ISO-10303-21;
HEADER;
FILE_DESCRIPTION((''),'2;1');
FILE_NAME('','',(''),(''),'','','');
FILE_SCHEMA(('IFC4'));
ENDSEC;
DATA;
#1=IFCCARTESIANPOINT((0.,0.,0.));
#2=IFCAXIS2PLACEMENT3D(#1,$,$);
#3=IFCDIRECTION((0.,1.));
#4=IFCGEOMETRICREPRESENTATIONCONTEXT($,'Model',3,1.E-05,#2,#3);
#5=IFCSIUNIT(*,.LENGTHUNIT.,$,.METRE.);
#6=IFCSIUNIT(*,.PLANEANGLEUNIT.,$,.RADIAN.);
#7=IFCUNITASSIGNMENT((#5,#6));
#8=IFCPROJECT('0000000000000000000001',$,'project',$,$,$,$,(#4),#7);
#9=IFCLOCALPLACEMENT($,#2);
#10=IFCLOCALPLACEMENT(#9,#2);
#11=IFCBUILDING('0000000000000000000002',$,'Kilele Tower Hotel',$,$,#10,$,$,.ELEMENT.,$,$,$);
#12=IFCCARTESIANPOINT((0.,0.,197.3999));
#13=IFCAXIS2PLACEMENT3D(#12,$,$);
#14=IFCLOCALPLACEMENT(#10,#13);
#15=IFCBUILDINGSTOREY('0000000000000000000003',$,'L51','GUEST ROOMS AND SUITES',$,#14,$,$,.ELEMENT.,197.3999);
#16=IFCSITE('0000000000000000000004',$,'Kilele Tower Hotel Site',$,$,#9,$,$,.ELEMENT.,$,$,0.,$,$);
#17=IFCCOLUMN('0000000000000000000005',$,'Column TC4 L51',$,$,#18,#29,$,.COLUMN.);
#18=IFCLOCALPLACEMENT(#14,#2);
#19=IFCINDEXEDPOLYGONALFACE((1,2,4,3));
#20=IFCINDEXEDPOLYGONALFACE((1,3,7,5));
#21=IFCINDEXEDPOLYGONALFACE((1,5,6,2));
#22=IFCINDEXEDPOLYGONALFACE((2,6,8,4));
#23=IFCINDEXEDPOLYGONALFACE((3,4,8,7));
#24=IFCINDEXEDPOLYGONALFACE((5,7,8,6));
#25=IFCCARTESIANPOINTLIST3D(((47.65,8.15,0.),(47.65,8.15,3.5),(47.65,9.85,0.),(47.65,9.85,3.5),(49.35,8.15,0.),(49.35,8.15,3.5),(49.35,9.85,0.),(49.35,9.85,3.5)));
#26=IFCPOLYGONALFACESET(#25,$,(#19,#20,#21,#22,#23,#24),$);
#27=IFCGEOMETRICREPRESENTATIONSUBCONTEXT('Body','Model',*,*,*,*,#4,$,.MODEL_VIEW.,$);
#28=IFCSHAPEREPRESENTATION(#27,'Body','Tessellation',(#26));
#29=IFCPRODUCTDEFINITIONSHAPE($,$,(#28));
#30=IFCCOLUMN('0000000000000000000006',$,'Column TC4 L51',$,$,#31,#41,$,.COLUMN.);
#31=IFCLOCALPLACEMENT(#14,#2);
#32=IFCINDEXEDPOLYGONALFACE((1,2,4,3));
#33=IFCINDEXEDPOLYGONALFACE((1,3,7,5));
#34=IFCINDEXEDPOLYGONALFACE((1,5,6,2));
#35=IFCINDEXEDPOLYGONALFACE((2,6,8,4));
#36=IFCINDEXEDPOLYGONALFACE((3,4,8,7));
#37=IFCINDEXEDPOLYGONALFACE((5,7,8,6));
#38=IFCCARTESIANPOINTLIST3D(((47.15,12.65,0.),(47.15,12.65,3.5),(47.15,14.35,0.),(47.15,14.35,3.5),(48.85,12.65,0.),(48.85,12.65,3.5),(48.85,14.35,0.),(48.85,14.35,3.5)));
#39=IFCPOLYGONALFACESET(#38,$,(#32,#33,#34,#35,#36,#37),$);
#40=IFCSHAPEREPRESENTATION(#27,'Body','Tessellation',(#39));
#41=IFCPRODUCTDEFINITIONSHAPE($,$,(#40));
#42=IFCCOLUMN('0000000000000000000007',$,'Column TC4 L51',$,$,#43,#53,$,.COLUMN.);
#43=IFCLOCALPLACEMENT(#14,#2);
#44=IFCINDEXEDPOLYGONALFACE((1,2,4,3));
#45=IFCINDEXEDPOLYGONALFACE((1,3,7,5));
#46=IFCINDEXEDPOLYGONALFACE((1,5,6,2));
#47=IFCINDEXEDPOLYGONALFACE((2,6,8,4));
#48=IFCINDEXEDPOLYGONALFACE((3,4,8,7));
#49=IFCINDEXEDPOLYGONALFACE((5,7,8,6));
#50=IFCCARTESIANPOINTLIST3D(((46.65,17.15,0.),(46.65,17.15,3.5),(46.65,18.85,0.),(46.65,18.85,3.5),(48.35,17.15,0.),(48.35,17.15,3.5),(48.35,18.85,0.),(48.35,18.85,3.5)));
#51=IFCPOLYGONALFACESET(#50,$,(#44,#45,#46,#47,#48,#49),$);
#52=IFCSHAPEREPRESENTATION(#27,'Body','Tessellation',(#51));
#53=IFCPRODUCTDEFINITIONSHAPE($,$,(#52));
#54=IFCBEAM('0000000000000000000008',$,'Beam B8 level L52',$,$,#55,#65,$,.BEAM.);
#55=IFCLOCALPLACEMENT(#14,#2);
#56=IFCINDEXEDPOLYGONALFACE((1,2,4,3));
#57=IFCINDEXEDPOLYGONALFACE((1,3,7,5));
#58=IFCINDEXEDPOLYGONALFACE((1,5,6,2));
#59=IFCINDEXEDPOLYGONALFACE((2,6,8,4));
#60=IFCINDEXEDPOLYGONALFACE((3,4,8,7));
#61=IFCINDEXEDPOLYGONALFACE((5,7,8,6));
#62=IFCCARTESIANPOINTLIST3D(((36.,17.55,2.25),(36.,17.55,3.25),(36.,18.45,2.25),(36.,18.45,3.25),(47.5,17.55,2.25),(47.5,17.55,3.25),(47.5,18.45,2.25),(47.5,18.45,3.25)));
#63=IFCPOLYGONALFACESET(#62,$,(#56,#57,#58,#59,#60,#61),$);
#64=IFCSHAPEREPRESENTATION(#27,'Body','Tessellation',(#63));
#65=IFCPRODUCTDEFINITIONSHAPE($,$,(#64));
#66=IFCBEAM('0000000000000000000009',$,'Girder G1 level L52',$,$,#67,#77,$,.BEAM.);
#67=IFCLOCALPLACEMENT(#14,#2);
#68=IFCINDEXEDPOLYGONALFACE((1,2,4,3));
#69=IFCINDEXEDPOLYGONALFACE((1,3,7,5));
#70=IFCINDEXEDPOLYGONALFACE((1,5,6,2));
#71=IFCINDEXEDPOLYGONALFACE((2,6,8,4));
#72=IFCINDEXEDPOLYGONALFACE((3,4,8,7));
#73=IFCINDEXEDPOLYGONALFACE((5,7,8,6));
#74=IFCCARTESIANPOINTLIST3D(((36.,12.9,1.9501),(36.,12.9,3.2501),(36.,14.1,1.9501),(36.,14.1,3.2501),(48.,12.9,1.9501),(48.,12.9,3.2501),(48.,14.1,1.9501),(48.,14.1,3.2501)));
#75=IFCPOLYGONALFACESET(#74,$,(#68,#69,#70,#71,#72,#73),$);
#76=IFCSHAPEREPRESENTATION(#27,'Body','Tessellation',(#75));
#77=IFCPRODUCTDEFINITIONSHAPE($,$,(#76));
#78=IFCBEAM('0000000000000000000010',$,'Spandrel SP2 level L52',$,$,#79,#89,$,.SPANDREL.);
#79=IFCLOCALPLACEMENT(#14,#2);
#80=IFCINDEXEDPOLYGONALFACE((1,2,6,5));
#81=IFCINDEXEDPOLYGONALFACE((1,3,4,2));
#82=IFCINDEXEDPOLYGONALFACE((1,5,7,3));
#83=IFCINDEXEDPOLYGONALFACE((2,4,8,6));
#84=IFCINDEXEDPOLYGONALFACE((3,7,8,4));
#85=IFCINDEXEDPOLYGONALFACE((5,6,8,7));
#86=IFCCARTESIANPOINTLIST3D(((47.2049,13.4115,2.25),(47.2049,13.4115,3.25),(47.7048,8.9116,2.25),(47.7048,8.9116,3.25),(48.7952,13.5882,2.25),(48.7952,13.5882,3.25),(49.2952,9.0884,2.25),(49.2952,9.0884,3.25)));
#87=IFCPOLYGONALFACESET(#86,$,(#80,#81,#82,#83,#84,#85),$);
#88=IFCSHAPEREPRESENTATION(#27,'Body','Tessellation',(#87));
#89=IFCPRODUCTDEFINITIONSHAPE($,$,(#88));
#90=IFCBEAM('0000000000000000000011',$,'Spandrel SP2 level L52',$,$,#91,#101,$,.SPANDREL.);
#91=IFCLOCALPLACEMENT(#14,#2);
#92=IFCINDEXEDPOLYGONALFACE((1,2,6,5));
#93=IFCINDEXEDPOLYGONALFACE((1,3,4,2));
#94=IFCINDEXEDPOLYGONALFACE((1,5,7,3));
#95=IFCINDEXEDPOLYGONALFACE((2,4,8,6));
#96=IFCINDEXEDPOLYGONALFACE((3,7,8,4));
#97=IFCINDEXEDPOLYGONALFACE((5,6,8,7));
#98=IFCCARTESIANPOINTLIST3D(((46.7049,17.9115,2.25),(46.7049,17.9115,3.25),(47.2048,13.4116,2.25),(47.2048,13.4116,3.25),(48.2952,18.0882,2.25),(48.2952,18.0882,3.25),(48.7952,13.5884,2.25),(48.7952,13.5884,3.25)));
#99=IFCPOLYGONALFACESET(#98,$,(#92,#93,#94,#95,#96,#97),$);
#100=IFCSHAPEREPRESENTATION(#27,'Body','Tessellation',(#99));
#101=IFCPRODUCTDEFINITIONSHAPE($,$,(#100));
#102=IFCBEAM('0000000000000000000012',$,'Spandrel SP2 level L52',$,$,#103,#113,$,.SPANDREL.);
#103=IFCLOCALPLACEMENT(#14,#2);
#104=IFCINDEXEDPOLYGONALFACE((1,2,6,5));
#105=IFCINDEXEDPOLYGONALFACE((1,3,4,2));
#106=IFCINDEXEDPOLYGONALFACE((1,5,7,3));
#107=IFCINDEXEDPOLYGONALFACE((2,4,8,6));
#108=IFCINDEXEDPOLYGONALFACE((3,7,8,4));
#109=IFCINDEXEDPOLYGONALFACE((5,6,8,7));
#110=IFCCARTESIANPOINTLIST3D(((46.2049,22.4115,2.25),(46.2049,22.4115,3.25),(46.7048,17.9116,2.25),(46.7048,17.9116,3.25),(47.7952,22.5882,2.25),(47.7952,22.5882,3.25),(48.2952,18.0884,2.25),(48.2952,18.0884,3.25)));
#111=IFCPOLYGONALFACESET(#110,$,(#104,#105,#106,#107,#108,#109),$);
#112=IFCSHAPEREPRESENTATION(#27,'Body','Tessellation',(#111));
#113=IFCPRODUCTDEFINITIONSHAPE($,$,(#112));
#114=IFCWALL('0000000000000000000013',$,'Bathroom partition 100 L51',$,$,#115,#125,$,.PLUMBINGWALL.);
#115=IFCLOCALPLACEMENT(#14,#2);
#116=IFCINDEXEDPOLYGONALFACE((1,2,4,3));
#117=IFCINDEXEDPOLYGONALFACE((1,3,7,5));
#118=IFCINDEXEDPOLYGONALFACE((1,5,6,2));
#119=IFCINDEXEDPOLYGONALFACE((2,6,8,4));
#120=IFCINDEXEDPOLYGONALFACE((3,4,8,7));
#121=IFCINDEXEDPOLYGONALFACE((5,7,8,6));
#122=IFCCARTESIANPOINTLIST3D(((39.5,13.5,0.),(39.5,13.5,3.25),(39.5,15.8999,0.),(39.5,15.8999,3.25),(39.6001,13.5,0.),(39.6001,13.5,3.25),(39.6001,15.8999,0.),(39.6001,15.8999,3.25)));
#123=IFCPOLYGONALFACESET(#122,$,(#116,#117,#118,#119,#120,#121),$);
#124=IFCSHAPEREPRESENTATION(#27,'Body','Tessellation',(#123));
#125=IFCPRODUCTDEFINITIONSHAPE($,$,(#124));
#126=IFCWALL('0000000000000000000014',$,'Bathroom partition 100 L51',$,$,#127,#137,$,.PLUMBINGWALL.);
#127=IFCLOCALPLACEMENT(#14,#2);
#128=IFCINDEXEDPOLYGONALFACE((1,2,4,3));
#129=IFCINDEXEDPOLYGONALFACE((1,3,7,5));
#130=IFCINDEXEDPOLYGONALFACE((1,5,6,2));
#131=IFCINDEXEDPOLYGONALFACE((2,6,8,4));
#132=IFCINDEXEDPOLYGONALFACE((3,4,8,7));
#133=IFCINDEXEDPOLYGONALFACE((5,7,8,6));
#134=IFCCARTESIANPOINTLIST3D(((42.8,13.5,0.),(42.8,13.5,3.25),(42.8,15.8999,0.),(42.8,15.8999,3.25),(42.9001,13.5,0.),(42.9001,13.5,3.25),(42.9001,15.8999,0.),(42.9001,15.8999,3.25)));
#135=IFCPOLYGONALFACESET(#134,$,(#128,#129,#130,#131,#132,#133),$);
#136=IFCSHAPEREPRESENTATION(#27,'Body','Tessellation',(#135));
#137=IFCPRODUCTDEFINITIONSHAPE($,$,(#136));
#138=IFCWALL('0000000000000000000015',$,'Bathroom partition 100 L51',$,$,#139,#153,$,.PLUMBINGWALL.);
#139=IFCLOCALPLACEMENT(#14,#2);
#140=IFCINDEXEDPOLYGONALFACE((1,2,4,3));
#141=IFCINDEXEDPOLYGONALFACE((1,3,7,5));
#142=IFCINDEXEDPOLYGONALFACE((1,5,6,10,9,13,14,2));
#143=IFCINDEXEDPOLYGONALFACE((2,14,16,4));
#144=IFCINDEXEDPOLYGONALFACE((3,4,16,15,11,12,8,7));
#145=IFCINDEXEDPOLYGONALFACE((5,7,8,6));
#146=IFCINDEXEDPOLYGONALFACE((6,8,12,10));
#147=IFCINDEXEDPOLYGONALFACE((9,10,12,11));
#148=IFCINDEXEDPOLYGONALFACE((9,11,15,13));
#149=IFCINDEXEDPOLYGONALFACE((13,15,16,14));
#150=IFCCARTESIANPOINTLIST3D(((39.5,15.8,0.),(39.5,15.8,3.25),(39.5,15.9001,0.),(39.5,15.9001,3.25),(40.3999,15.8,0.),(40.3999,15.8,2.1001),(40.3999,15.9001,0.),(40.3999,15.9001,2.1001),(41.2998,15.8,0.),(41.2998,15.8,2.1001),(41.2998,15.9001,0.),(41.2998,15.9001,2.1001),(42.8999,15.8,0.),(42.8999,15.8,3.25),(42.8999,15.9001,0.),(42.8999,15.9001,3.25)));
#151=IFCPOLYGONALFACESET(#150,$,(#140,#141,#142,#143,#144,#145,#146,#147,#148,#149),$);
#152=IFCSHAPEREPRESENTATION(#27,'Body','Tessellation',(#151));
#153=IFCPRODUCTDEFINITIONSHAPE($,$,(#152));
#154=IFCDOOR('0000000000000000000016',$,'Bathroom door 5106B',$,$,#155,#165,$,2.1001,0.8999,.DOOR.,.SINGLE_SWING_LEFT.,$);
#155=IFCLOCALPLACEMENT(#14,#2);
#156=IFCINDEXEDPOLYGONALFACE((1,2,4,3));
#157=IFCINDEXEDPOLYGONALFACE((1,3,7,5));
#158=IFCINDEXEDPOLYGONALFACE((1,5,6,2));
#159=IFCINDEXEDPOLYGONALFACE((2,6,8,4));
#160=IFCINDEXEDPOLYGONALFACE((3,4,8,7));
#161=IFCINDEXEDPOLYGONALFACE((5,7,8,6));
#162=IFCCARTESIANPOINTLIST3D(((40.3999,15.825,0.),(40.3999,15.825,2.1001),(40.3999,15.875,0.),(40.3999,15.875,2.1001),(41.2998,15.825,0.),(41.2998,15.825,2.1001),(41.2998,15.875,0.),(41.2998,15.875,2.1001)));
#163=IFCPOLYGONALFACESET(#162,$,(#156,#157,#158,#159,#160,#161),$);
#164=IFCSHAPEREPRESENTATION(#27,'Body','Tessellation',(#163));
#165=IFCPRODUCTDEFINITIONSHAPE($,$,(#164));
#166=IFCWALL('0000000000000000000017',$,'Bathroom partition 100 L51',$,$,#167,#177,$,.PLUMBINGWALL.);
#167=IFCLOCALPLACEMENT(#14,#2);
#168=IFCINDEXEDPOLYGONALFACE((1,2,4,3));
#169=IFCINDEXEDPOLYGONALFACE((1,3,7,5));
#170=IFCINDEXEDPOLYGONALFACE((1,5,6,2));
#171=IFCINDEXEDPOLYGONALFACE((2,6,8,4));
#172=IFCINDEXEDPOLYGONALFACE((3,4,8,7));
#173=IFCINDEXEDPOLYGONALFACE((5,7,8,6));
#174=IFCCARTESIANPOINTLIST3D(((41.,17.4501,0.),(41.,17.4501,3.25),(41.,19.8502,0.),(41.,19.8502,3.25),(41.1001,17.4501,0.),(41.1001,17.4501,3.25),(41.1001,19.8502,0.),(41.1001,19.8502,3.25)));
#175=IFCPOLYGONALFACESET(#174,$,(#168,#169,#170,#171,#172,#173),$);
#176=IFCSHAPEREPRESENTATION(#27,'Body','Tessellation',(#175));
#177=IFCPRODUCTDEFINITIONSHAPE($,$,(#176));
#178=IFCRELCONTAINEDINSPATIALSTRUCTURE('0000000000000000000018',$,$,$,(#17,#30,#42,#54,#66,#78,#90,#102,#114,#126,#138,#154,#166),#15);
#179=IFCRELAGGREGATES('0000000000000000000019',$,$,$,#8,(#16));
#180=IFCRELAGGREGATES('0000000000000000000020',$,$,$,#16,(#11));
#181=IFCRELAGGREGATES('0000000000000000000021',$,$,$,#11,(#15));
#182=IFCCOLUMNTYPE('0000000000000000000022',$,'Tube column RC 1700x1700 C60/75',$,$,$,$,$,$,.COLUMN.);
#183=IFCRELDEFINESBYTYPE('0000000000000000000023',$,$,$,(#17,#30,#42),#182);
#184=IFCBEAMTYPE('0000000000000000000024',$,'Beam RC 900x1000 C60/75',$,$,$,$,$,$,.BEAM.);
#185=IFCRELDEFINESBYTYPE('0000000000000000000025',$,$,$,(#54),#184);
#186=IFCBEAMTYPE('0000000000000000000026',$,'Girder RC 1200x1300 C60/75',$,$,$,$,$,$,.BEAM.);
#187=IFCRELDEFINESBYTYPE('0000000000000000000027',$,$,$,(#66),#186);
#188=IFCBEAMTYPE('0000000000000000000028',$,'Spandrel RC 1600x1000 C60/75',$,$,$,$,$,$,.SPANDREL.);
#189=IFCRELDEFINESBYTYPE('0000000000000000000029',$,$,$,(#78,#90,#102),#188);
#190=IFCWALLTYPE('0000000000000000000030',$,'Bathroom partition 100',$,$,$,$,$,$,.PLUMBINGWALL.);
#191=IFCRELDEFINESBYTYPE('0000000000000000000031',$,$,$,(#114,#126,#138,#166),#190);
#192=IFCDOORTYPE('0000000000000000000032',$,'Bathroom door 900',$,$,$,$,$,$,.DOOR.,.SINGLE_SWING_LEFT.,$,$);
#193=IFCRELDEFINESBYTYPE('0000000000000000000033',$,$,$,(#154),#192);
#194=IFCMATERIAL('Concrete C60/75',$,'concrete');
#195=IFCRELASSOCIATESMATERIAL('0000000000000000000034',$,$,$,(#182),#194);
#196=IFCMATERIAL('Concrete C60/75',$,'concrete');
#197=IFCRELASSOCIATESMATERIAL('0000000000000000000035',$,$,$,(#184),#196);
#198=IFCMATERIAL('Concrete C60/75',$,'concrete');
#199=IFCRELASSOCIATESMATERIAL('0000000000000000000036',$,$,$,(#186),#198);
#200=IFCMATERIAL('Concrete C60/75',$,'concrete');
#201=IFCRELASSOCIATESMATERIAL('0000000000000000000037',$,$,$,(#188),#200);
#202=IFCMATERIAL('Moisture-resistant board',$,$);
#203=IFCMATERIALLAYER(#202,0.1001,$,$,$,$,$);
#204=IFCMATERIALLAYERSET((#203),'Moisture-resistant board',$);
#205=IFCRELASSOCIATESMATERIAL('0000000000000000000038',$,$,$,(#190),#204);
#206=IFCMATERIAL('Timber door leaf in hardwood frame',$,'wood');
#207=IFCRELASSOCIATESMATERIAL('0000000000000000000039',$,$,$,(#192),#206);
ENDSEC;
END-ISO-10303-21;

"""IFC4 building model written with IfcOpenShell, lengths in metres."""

from ifc_helpers import new_model, si_unit, direction, frame, frame_2d, origin, origin_2d, place, context, subcontext, project, spatial, rectangle, extrude, material, layer, layer_set, material_profile, profile_set, type_object, element, fill, save


model = new_model("IFC4")

# Units and contexts
model_context = context("Model", 3, precision=1e-05, world=origin(), true_north=direction((0.0, 1.0)))
body_context = subcontext(model_context, "Body", "Model", "MODEL_VIEW")
ifc_project = project(units=[si_unit("LENGTHUNIT", "METRE"), si_unit("PLANEANGLEUNIT", "RADIAN")], contexts=[model_context])

# Site, building, storey
site_placement = place(None, origin())
site = spatial("IfcSite", under=ifc_project, at=site_placement, Name="Kilele Tower Hotel Site", CompositionType="ELEMENT", RefElevation=0.0)
building_placement = place(site_placement, origin())
building = spatial("IfcBuilding", under=site, at=building_placement, Name="Kilele Tower Hotel", CompositionType="ELEMENT")
storey_placement = place(building_placement, frame((0.0, 0.0, 197.3999)))
storey = spatial("IfcBuildingStorey", under=building, at=storey_placement, Name="L51", Description="GUEST ROOMS AND SUITES", CompositionType="ELEMENT", Elevation=197.3999)

# Columns
ifc_material_1 = material(Name="Concrete C60/75", Category="concrete")
ifc_material_profile_1 = material_profile(ifc_material_1, rectangle(XDim=1.7, YDim=1.7, at=origin_2d()))
ifc_profile_set_1 = profile_set([ifc_material_profile_1], Name="Concrete C60/75")
column_type = type_object("IfcColumnType", Name="Tube column RC 1700x1700 C60/75", PredefinedType="COLUMN", material=ifc_profile_set_1)
for number, where, z_axis, x_axis, name in (
    (1, (48.5, 9.0, 0.0), (0.0, 0.0, 1.0), (1.0, 0.0, 0.0), "Column TC4 L51"),
    (2, (48.0, 13.5, 0.0), (0.0, 0.0, 1.0), (1.0, 0.0, 0.0), "Column TC4 L51"),
    (3, (47.5, 18.0, 0.0), (0.0, 0.0, 1.0), (1.0, 0.0, 0.0), "Column TC4 L51"),
):
    element("IfcColumn", number, at=place(storey_placement, frame(where, z_axis=z_axis, x_axis=x_axis)), inside=storey, type_object=column_type, Name=name, PredefinedType="COLUMN", context=body_context, shape_type="SweptSolid", body=[
        extrude(rectangle(XDim=1.7, YDim=1.7, at=origin_2d()), origin(), (0.0, 0.0, 1.0), 3.5),
    ])

# Beams
ifc_material_2 = material(Name="Concrete C60/75", Category="concrete")
ifc_material_profile_2 = material_profile(ifc_material_2, rectangle(XDim=0.8999, YDim=1.0, at=origin_2d()))
ifc_profile_set_2 = profile_set([ifc_material_profile_2], Name="Concrete C60/75")
beam_type_1 = type_object("IfcBeamType", Name="Beam RC 900x1000 C60/75", PredefinedType="BEAM", material=ifc_profile_set_2)
beam_1_placement = place(storey_placement, frame((47.5, 18.0, 2.75), z_axis=(-1.0, 0.0, 0.0), x_axis=(0.0, -1.0, 0.0)))
element("IfcBeam", 4, at=beam_1_placement, inside=storey, type_object=beam_type_1, Name="Beam B8 level L52", PredefinedType="BEAM", context=body_context, shape_type="SweptSolid", body=[
    extrude(rectangle(XDim=0.8999, YDim=1.0, at=origin_2d()), origin(), (0.0, 0.0, 1.0), 11.5),
])
ifc_material_3 = material(Name="Concrete C60/75", Category="concrete")
ifc_material_profile_3 = material_profile(ifc_material_3, rectangle(XDim=1.2, YDim=1.3, at=origin_2d()))
ifc_profile_set_3 = profile_set([ifc_material_profile_3], Name="Concrete C60/75")
beam_type_2 = type_object("IfcBeamType", Name="Girder RC 1200x1300 C60/75", PredefinedType="BEAM", material=ifc_profile_set_3)
beam_2_placement = place(storey_placement, frame((48.0, 13.5, 2.6001), z_axis=(-1.0, 0.0, 0.0), x_axis=(0.0, -1.0, 0.0)))
element("IfcBeam", 5, at=beam_2_placement, inside=storey, type_object=beam_type_2, Name="Girder G1 level L52", PredefinedType="BEAM", context=body_context, shape_type="SweptSolid", body=[
    extrude(rectangle(XDim=1.2, YDim=1.3, at=origin_2d()), origin(), (0.0, 0.0, 1.0), 12.0),
])
ifc_material_4 = material(Name="Concrete C60/75", Category="concrete")
ifc_material_profile_4 = material_profile(ifc_material_4, rectangle(XDim=1.6001, YDim=1.0, at=origin_2d()))
ifc_profile_set_4 = profile_set([ifc_material_profile_4], Name="Concrete C60/75")
beam_type_3 = type_object("IfcBeamType", Name="Spandrel RC 1600x1000 C60/75", PredefinedType="SPANDREL", material=ifc_profile_set_4)
for number, where, z_axis, x_axis, name in (
    (6, (48.5, 9.0, 2.75), (-0.110432, 0.993884, 0.0), (-0.993884, -0.110432, 0.0), "Spandrel SP2 level L52"),
    (7, (48.0, 13.5, 2.75), (-0.110432, 0.993884, 0.0), (-0.993884, -0.110432, 0.0), "Spandrel SP2 level L52"),
    (8, (47.5, 18.0, 2.75), (-0.110432, 0.993884, 0.0), (-0.993884, -0.110432, 0.0), "Spandrel SP2 level L52"),
):
    element("IfcBeam", number, at=place(storey_placement, frame(where, z_axis=z_axis, x_axis=x_axis)), inside=storey, type_object=beam_type_3, Name=name, PredefinedType="SPANDREL", context=body_context, shape_type="SweptSolid", body=[
        extrude(rectangle(XDim=1.6001, YDim=1.0, at=origin_2d()), origin(), (0.0, 0.0, 1.0), 4.5276),
    ])

# Walls
ifc_material_5 = material(Name="Moisture-resistant board")
ifc_layer_1 = layer(ifc_material_5, 0.1001)
ifc_layer_set_1 = layer_set([ifc_layer_1], Name="Moisture-resistant board")
wall_type_1 = type_object("IfcWallType", Name="Bathroom partition 100", PredefinedType="PLUMBINGWALL", material=ifc_layer_set_1)
for number, where, z_axis, x_axis, name in (
    (9, (39.55, 13.5, 0.0), (0.0, 0.0, 1.0), (0.0, 1.0, 0.0), "Bathroom partition 100 L51"),
    (10, (42.8501, 13.5, 0.0), (0.0, 0.0, 1.0), (0.0, 1.0, 0.0), "Bathroom partition 100 L51"),
):
    element("IfcWall", number, at=place(storey_placement, frame(where, z_axis=z_axis, x_axis=x_axis)), inside=storey, type_object=wall_type_1, Name=name, PredefinedType="PLUMBINGWALL", context=body_context, shape_type="SweptSolid", body=[
        extrude(rectangle(XDim=2.3999, YDim=0.1001, at=frame_2d((1.2, 0.0))), origin(), (0.0, 0.0, 1.0), 3.25),
    ])

# Wall, opening, door
wall_1_placement = place(storey_placement, frame((39.5, 15.8501, 0.0), z_axis=(0.0, 0.0, 1.0), x_axis=(1.0, 0.0, 0.0)))
wall_1 = element("IfcWall", 11, at=wall_1_placement, inside=storey, type_object=wall_type_1, Name="Bathroom partition 100 L51", PredefinedType="PLUMBINGWALL", context=body_context, shape_type="SweptSolid", body=[
    extrude(rectangle(XDim=3.3999, YDim=0.1001, at=frame_2d((1.7, 0.0))), origin(), (0.0, 0.0, 1.0), 3.25),
])
opening_1_placement = place(wall_1_placement, frame((0.8999, 0.0, 0.0)))
opening_1 = element("IfcOpeningElement", 12, at=opening_1_placement, cuts=wall_1, PredefinedType="OPENING", context=body_context, shape_type="SweptSolid", body=[
    extrude(rectangle(XDim=0.8999, YDim=2.1001, at=frame_2d((0.45, 1.05))), frame((0.0, 0.0601, 0.0), z_axis=(0.0, -1.0, 0.0), x_axis=(1.0, 0.0, 0.0)), (0.0, 0.0, 1.0), 0.1201),
])
ifc_material_6 = material(Name="Timber door leaf in hardwood frame", Category="wood")
door_type_1 = type_object("IfcDoorType", Name="Bathroom door 900", OperationType="SINGLE_SWING_LEFT", PredefinedType="DOOR", material=ifc_material_6)
door_1_placement = place(opening_1_placement, origin())
door_1 = element("IfcDoor", 13, at=door_1_placement, inside=storey, type_object=door_type_1, Name="Bathroom door 5106B", OperationType="SINGLE_SWING_LEFT", OverallHeight=2.1001, OverallWidth=0.8999, PredefinedType="DOOR", context=body_context, shape_type="SweptSolid", body=[
    extrude(rectangle(XDim=0.8999, YDim=2.1001, at=frame_2d((0.45, 1.05))), frame((0.0, 0.0249, 0.0), z_axis=(0.0, -1.0, 0.0), x_axis=(1.0, 0.0, 0.0)), (0.0, 0.0, 1.0), 0.05),
])
fill(opening_1, door_1)

# Wall
wall_2_placement = place(storey_placement, frame((41.05, 17.45, 0.0), z_axis=(0.0, 0.0, 1.0), x_axis=(0.0, 1.0, 0.0)))
element("IfcWall", 14, at=wall_2_placement, inside=storey, type_object=wall_type_1, Name="Bathroom partition 100 L51", PredefinedType="PLUMBINGWALL", context=body_context, shape_type="SweptSolid", body=[
    extrude(rectangle(XDim=2.4001, YDim=0.1001, at=frame_2d((1.2002, 0.0))), origin(), (0.0, 0.0, 1.0), 3.25),
])

save(model, "model.ifc")
